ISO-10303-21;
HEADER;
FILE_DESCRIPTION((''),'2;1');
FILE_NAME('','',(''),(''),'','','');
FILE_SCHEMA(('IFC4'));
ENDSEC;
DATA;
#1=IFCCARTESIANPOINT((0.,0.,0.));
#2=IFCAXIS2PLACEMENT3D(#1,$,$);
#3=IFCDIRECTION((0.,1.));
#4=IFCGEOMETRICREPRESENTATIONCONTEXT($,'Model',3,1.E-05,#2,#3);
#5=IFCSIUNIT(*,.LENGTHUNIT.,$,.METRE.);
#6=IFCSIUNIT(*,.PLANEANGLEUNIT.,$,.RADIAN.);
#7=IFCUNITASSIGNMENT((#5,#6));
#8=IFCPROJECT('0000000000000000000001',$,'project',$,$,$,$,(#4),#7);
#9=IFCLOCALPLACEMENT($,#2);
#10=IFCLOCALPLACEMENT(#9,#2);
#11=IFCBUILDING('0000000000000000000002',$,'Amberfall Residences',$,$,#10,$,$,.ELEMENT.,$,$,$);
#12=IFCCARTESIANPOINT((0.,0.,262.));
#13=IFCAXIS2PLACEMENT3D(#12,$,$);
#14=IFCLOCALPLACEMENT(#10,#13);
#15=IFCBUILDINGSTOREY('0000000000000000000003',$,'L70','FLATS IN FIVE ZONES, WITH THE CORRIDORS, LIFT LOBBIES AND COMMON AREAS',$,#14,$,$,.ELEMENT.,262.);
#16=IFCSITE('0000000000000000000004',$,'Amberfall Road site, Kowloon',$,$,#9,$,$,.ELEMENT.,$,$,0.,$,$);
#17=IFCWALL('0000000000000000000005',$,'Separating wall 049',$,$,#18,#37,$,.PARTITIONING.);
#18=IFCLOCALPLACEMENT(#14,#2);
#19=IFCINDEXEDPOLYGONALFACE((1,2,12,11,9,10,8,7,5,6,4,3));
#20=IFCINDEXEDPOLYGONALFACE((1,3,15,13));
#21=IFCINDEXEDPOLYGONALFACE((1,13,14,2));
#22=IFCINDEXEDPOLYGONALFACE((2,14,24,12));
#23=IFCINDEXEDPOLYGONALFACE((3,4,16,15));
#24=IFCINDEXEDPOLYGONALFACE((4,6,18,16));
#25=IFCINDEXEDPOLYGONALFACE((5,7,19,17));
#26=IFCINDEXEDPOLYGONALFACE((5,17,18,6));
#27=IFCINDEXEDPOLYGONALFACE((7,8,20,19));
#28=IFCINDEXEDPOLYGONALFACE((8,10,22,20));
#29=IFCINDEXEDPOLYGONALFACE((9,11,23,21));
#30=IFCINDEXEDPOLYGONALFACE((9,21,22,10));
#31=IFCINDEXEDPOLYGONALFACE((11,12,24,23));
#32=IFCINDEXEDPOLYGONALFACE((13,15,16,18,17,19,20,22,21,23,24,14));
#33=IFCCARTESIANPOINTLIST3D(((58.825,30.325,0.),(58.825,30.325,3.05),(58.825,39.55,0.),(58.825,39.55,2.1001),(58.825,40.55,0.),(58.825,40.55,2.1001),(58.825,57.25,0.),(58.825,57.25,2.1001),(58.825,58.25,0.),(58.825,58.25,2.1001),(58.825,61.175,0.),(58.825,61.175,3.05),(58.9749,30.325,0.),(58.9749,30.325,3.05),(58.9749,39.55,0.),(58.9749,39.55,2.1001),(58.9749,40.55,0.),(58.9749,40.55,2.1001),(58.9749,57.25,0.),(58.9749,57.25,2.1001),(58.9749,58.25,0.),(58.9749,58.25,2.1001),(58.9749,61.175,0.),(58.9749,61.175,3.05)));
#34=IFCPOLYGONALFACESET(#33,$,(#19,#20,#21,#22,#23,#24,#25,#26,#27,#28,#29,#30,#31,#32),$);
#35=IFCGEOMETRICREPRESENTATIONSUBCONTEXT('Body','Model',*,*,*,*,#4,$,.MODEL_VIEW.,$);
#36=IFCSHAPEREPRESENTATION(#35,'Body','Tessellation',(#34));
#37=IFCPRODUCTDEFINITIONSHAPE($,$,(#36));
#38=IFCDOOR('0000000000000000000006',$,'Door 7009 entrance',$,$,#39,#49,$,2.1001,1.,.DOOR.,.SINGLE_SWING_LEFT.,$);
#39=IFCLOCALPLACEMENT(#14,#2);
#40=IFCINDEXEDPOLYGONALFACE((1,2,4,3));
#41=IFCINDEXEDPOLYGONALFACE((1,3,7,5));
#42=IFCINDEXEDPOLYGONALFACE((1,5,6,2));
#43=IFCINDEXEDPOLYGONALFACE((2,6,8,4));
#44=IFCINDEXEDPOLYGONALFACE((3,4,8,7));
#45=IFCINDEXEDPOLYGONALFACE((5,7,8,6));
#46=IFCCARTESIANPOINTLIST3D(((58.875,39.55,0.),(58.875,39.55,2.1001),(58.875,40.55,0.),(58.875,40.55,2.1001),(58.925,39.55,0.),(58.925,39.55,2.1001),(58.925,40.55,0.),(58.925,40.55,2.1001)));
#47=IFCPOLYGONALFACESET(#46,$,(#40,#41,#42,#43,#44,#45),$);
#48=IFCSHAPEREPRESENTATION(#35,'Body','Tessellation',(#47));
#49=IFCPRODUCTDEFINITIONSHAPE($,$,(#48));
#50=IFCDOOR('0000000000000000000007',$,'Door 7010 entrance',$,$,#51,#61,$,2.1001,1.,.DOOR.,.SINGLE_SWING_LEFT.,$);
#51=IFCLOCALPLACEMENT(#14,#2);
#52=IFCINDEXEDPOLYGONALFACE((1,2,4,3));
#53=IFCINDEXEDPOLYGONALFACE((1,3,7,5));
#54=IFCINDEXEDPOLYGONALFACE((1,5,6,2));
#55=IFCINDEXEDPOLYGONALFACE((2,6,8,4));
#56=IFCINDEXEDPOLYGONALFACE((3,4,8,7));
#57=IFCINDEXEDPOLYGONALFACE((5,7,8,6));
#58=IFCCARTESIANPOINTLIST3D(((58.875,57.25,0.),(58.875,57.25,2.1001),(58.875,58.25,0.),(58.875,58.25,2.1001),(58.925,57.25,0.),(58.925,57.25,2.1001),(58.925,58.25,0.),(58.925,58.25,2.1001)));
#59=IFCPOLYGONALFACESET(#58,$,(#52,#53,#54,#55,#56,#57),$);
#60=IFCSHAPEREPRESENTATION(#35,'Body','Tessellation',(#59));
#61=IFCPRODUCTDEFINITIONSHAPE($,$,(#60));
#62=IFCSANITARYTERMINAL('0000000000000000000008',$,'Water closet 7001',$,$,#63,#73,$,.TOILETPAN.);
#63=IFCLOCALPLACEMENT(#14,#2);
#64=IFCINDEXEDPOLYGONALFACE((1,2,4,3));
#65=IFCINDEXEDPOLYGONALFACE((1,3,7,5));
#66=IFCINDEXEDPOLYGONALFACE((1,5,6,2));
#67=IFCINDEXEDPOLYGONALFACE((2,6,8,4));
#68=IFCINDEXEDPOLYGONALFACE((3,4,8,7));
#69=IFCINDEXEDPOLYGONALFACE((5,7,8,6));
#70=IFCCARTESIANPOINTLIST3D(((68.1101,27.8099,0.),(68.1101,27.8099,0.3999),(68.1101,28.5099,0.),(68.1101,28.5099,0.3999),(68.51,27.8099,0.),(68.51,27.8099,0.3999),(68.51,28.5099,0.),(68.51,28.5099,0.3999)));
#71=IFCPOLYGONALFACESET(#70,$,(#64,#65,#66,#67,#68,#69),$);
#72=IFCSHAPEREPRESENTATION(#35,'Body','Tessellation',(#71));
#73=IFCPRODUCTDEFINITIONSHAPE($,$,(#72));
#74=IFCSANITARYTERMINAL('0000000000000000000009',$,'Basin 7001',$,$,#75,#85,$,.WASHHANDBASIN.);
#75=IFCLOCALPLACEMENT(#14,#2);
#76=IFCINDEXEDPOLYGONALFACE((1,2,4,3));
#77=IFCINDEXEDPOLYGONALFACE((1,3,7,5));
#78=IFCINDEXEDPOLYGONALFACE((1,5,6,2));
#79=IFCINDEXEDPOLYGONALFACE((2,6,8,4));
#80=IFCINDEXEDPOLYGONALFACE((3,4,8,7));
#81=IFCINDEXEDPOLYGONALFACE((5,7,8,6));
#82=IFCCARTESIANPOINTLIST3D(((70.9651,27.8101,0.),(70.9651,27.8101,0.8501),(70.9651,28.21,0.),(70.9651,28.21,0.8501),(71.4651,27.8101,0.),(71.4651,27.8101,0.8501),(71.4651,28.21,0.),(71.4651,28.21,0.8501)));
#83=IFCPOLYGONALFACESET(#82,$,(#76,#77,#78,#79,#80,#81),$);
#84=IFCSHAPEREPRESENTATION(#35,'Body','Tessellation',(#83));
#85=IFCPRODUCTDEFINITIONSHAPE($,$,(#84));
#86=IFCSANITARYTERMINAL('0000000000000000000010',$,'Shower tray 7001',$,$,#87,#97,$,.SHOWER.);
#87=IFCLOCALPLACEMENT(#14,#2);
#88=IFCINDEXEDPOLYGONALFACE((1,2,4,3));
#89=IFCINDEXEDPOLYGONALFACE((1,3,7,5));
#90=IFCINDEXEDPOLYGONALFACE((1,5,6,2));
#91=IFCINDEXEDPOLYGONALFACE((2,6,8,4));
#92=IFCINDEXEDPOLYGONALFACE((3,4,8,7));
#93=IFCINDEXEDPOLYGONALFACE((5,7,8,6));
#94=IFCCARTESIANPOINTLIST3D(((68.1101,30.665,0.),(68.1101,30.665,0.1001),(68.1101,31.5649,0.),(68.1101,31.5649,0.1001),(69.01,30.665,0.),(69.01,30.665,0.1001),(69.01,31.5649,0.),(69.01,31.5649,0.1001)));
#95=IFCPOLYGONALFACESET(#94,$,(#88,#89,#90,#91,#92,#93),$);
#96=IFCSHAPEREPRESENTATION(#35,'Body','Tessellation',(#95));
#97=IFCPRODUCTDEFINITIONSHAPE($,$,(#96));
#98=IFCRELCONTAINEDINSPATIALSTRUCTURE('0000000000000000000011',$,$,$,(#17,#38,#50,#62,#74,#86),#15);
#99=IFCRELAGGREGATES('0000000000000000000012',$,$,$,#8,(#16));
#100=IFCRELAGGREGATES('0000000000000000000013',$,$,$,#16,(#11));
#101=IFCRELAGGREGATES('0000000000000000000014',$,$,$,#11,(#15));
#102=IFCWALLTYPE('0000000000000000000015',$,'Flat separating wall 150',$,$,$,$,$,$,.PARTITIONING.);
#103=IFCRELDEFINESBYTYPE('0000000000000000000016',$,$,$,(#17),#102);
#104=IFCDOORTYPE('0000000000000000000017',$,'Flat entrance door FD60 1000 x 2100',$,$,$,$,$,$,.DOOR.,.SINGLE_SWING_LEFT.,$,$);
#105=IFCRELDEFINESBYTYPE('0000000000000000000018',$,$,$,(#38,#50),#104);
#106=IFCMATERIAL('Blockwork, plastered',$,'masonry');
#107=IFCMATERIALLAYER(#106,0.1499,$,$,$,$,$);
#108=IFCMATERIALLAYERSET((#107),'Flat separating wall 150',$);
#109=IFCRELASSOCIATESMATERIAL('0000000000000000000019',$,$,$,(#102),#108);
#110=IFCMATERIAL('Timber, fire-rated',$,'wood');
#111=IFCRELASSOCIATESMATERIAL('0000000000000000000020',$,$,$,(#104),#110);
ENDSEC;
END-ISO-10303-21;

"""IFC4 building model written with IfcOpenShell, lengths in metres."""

from ifc_helpers import new_model, si_unit, direction, frame, frame_2d, origin, origin_2d, place, context, subcontext, project, spatial, rectangle, extrude, material, layer, layer_set, type_object, element, fill, save


model = new_model("IFC4")

# Units and contexts
model_context = context("Model", 3, precision=1e-05, world=origin(), true_north=direction((0.0, 1.0)))
body_context = subcontext(model_context, "Body", "Model", "MODEL_VIEW")
ifc_project = project(units=[si_unit("LENGTHUNIT", "METRE"), si_unit("PLANEANGLEUNIT", "RADIAN")], contexts=[model_context])

# Site, building, storey
site_placement = place(None, origin())
site = spatial("IfcSite", under=ifc_project, at=site_placement, Name="Amberfall Road site, Kowloon", CompositionType="ELEMENT", RefElevation=0.0)
building_placement = place(site_placement, origin())
building = spatial("IfcBuilding", under=site, at=building_placement, Name="Amberfall Residences", CompositionType="ELEMENT")
storey_placement = place(building_placement, frame((0.0, 0.0, 262.0)))
storey = spatial("IfcBuildingStorey", under=building, at=storey_placement, Name="L70", Description="FLATS IN FIVE ZONES, WITH THE CORRIDORS, LIFT LOBBIES AND COMMON AREAS", CompositionType="ELEMENT", Elevation=262.0)

# Wall, openings, doors
ifc_material_1 = material(Name="Blockwork, plastered", Category="masonry")
ifc_layer_1 = layer(ifc_material_1, 0.1499)
ifc_layer_set_1 = layer_set([ifc_layer_1], Name="Flat separating wall 150")
wall_type_1 = type_object("IfcWallType", Name="Flat separating wall 150", PredefinedType="PARTITIONING", material=ifc_layer_set_1)
wall_1_placement = place(storey_placement, frame((58.8999, 30.325, 0.0), z_axis=(0.0, 0.0, 1.0), x_axis=(0.0, 1.0, 0.0)))
wall_1 = element("IfcWall", 1, at=wall_1_placement, inside=storey, type_object=wall_type_1, Name="Separating wall 049", PredefinedType="PARTITIONING", context=body_context, shape_type="SweptSolid", body=[
    extrude(rectangle(XDim=30.8501, YDim=0.1499, at=frame_2d((15.425, 0.0))), origin(), (0.0, 0.0, 1.0), 3.05),
])
opening_1_placement = place(wall_1_placement, frame((9.2251, 0.0, 0.0)))
opening_1 = element("IfcOpeningElement", 2, at=opening_1_placement, cuts=wall_1, PredefinedType="OPENING", context=body_context, shape_type="SweptSolid", body=[
    extrude(rectangle(XDim=1.0, YDim=2.1001, at=frame_2d((0.5, 1.05))), frame((0.0, 0.085, 0.0), z_axis=(0.0, -1.0, 0.0), x_axis=(1.0, 0.0, 0.0)), (0.0, 0.0, 1.0), 0.1699),
])
opening_2_placement = place(wall_1_placement, frame((26.925, 0.0, 0.0)))
opening_2 = element("IfcOpeningElement", 3, at=opening_2_placement, cuts=wall_1, PredefinedType="OPENING", context=body_context, shape_type="SweptSolid", body=[
    extrude(rectangle(XDim=1.0, YDim=2.1001, at=frame_2d((0.5, 1.05))), frame((0.0, 0.085, 0.0), z_axis=(0.0, -1.0, 0.0), x_axis=(1.0, 0.0, 0.0)), (0.0, 0.0, 1.0), 0.1699),
])
ifc_material_2 = material(Name="Timber, fire-rated", Category="wood")
door_type_1 = type_object("IfcDoorType", Name="Flat entrance door FD60 1000 x 2100", OperationType="SINGLE_SWING_LEFT", PredefinedType="DOOR", material=ifc_material_2)
door_1_placement = place(opening_1_placement, origin())
door_1 = element("IfcDoor", 4, at=door_1_placement, inside=storey, type_object=door_type_1, Name="Door 7009 entrance", OperationType="SINGLE_SWING_LEFT", OverallHeight=2.1001, OverallWidth=1.0, PredefinedType="DOOR", context=body_context, shape_type="SweptSolid", body=[
    extrude(rectangle(XDim=1.0, YDim=2.1001, at=frame_2d((0.5, 1.05))), frame((0.0, 0.0249, 0.0), z_axis=(0.0, -1.0, 0.0), x_axis=(1.0, 0.0, 0.0)), (0.0, 0.0, 1.0), 0.05),
])
fill(opening_1, door_1)
door_2_placement = place(opening_2_placement, origin())
door_2 = element("IfcDoor", 5, at=door_2_placement, inside=storey, type_object=door_type_1, Name="Door 7010 entrance", OperationType="SINGLE_SWING_LEFT", OverallHeight=2.1001, OverallWidth=1.0, PredefinedType="DOOR", context=body_context, shape_type="SweptSolid", body=[
    extrude(rectangle(XDim=1.0, YDim=2.1001, at=frame_2d((0.5, 1.05))), frame((0.0, 0.0249, 0.0), z_axis=(0.0, -1.0, 0.0), x_axis=(1.0, 0.0, 0.0)), (0.0, 0.0, 1.0), 0.05),
])
fill(opening_2, door_2)

# Sanitary terminals
sanitary_terminal_1_placement = place(storey_placement, frame((68.3101, 28.1599, 0.0), z_axis=(0.0, 0.0, 1.0), x_axis=(1.0, 0.0, 0.0)))
element("IfcSanitaryTerminal", 6, at=sanitary_terminal_1_placement, inside=storey, Name="Water closet 7001", PredefinedType="TOILETPAN", context=body_context, shape_type="SweptSolid", body=[
    extrude(rectangle(XDim=0.3999, YDim=0.7, at=origin_2d()), origin(), (0.0, 0.0, 1.0), 0.3999),
])
sanitary_terminal_2_placement = place(storey_placement, frame((71.2151, 28.01, 0.0), z_axis=(0.0, 0.0, 1.0), x_axis=(1.0, 0.0, 0.0)))
element("IfcSanitaryTerminal", 7, at=sanitary_terminal_2_placement, inside=storey, Name="Basin 7001", PredefinedType="WASHHANDBASIN", context=body_context, shape_type="SweptSolid", body=[
    extrude(rectangle(XDim=0.5, YDim=0.3999, at=origin_2d()), origin(), (0.0, 0.0, 1.0), 0.8501),
])
sanitary_terminal_3_placement = place(storey_placement, frame((68.5601, 31.115, 0.0), z_axis=(0.0, 0.0, 1.0), x_axis=(1.0, 0.0, 0.0)))
element("IfcSanitaryTerminal", 8, at=sanitary_terminal_3_placement, inside=storey, Name="Shower tray 7001", PredefinedType="SHOWER", context=body_context, shape_type="SweptSolid", body=[
    extrude(rectangle(XDim=0.8999, YDim=0.8999, at=origin_2d()), origin(), (0.0, 0.0, 1.0), 0.1001),
])

save(model, "model.ifc")
